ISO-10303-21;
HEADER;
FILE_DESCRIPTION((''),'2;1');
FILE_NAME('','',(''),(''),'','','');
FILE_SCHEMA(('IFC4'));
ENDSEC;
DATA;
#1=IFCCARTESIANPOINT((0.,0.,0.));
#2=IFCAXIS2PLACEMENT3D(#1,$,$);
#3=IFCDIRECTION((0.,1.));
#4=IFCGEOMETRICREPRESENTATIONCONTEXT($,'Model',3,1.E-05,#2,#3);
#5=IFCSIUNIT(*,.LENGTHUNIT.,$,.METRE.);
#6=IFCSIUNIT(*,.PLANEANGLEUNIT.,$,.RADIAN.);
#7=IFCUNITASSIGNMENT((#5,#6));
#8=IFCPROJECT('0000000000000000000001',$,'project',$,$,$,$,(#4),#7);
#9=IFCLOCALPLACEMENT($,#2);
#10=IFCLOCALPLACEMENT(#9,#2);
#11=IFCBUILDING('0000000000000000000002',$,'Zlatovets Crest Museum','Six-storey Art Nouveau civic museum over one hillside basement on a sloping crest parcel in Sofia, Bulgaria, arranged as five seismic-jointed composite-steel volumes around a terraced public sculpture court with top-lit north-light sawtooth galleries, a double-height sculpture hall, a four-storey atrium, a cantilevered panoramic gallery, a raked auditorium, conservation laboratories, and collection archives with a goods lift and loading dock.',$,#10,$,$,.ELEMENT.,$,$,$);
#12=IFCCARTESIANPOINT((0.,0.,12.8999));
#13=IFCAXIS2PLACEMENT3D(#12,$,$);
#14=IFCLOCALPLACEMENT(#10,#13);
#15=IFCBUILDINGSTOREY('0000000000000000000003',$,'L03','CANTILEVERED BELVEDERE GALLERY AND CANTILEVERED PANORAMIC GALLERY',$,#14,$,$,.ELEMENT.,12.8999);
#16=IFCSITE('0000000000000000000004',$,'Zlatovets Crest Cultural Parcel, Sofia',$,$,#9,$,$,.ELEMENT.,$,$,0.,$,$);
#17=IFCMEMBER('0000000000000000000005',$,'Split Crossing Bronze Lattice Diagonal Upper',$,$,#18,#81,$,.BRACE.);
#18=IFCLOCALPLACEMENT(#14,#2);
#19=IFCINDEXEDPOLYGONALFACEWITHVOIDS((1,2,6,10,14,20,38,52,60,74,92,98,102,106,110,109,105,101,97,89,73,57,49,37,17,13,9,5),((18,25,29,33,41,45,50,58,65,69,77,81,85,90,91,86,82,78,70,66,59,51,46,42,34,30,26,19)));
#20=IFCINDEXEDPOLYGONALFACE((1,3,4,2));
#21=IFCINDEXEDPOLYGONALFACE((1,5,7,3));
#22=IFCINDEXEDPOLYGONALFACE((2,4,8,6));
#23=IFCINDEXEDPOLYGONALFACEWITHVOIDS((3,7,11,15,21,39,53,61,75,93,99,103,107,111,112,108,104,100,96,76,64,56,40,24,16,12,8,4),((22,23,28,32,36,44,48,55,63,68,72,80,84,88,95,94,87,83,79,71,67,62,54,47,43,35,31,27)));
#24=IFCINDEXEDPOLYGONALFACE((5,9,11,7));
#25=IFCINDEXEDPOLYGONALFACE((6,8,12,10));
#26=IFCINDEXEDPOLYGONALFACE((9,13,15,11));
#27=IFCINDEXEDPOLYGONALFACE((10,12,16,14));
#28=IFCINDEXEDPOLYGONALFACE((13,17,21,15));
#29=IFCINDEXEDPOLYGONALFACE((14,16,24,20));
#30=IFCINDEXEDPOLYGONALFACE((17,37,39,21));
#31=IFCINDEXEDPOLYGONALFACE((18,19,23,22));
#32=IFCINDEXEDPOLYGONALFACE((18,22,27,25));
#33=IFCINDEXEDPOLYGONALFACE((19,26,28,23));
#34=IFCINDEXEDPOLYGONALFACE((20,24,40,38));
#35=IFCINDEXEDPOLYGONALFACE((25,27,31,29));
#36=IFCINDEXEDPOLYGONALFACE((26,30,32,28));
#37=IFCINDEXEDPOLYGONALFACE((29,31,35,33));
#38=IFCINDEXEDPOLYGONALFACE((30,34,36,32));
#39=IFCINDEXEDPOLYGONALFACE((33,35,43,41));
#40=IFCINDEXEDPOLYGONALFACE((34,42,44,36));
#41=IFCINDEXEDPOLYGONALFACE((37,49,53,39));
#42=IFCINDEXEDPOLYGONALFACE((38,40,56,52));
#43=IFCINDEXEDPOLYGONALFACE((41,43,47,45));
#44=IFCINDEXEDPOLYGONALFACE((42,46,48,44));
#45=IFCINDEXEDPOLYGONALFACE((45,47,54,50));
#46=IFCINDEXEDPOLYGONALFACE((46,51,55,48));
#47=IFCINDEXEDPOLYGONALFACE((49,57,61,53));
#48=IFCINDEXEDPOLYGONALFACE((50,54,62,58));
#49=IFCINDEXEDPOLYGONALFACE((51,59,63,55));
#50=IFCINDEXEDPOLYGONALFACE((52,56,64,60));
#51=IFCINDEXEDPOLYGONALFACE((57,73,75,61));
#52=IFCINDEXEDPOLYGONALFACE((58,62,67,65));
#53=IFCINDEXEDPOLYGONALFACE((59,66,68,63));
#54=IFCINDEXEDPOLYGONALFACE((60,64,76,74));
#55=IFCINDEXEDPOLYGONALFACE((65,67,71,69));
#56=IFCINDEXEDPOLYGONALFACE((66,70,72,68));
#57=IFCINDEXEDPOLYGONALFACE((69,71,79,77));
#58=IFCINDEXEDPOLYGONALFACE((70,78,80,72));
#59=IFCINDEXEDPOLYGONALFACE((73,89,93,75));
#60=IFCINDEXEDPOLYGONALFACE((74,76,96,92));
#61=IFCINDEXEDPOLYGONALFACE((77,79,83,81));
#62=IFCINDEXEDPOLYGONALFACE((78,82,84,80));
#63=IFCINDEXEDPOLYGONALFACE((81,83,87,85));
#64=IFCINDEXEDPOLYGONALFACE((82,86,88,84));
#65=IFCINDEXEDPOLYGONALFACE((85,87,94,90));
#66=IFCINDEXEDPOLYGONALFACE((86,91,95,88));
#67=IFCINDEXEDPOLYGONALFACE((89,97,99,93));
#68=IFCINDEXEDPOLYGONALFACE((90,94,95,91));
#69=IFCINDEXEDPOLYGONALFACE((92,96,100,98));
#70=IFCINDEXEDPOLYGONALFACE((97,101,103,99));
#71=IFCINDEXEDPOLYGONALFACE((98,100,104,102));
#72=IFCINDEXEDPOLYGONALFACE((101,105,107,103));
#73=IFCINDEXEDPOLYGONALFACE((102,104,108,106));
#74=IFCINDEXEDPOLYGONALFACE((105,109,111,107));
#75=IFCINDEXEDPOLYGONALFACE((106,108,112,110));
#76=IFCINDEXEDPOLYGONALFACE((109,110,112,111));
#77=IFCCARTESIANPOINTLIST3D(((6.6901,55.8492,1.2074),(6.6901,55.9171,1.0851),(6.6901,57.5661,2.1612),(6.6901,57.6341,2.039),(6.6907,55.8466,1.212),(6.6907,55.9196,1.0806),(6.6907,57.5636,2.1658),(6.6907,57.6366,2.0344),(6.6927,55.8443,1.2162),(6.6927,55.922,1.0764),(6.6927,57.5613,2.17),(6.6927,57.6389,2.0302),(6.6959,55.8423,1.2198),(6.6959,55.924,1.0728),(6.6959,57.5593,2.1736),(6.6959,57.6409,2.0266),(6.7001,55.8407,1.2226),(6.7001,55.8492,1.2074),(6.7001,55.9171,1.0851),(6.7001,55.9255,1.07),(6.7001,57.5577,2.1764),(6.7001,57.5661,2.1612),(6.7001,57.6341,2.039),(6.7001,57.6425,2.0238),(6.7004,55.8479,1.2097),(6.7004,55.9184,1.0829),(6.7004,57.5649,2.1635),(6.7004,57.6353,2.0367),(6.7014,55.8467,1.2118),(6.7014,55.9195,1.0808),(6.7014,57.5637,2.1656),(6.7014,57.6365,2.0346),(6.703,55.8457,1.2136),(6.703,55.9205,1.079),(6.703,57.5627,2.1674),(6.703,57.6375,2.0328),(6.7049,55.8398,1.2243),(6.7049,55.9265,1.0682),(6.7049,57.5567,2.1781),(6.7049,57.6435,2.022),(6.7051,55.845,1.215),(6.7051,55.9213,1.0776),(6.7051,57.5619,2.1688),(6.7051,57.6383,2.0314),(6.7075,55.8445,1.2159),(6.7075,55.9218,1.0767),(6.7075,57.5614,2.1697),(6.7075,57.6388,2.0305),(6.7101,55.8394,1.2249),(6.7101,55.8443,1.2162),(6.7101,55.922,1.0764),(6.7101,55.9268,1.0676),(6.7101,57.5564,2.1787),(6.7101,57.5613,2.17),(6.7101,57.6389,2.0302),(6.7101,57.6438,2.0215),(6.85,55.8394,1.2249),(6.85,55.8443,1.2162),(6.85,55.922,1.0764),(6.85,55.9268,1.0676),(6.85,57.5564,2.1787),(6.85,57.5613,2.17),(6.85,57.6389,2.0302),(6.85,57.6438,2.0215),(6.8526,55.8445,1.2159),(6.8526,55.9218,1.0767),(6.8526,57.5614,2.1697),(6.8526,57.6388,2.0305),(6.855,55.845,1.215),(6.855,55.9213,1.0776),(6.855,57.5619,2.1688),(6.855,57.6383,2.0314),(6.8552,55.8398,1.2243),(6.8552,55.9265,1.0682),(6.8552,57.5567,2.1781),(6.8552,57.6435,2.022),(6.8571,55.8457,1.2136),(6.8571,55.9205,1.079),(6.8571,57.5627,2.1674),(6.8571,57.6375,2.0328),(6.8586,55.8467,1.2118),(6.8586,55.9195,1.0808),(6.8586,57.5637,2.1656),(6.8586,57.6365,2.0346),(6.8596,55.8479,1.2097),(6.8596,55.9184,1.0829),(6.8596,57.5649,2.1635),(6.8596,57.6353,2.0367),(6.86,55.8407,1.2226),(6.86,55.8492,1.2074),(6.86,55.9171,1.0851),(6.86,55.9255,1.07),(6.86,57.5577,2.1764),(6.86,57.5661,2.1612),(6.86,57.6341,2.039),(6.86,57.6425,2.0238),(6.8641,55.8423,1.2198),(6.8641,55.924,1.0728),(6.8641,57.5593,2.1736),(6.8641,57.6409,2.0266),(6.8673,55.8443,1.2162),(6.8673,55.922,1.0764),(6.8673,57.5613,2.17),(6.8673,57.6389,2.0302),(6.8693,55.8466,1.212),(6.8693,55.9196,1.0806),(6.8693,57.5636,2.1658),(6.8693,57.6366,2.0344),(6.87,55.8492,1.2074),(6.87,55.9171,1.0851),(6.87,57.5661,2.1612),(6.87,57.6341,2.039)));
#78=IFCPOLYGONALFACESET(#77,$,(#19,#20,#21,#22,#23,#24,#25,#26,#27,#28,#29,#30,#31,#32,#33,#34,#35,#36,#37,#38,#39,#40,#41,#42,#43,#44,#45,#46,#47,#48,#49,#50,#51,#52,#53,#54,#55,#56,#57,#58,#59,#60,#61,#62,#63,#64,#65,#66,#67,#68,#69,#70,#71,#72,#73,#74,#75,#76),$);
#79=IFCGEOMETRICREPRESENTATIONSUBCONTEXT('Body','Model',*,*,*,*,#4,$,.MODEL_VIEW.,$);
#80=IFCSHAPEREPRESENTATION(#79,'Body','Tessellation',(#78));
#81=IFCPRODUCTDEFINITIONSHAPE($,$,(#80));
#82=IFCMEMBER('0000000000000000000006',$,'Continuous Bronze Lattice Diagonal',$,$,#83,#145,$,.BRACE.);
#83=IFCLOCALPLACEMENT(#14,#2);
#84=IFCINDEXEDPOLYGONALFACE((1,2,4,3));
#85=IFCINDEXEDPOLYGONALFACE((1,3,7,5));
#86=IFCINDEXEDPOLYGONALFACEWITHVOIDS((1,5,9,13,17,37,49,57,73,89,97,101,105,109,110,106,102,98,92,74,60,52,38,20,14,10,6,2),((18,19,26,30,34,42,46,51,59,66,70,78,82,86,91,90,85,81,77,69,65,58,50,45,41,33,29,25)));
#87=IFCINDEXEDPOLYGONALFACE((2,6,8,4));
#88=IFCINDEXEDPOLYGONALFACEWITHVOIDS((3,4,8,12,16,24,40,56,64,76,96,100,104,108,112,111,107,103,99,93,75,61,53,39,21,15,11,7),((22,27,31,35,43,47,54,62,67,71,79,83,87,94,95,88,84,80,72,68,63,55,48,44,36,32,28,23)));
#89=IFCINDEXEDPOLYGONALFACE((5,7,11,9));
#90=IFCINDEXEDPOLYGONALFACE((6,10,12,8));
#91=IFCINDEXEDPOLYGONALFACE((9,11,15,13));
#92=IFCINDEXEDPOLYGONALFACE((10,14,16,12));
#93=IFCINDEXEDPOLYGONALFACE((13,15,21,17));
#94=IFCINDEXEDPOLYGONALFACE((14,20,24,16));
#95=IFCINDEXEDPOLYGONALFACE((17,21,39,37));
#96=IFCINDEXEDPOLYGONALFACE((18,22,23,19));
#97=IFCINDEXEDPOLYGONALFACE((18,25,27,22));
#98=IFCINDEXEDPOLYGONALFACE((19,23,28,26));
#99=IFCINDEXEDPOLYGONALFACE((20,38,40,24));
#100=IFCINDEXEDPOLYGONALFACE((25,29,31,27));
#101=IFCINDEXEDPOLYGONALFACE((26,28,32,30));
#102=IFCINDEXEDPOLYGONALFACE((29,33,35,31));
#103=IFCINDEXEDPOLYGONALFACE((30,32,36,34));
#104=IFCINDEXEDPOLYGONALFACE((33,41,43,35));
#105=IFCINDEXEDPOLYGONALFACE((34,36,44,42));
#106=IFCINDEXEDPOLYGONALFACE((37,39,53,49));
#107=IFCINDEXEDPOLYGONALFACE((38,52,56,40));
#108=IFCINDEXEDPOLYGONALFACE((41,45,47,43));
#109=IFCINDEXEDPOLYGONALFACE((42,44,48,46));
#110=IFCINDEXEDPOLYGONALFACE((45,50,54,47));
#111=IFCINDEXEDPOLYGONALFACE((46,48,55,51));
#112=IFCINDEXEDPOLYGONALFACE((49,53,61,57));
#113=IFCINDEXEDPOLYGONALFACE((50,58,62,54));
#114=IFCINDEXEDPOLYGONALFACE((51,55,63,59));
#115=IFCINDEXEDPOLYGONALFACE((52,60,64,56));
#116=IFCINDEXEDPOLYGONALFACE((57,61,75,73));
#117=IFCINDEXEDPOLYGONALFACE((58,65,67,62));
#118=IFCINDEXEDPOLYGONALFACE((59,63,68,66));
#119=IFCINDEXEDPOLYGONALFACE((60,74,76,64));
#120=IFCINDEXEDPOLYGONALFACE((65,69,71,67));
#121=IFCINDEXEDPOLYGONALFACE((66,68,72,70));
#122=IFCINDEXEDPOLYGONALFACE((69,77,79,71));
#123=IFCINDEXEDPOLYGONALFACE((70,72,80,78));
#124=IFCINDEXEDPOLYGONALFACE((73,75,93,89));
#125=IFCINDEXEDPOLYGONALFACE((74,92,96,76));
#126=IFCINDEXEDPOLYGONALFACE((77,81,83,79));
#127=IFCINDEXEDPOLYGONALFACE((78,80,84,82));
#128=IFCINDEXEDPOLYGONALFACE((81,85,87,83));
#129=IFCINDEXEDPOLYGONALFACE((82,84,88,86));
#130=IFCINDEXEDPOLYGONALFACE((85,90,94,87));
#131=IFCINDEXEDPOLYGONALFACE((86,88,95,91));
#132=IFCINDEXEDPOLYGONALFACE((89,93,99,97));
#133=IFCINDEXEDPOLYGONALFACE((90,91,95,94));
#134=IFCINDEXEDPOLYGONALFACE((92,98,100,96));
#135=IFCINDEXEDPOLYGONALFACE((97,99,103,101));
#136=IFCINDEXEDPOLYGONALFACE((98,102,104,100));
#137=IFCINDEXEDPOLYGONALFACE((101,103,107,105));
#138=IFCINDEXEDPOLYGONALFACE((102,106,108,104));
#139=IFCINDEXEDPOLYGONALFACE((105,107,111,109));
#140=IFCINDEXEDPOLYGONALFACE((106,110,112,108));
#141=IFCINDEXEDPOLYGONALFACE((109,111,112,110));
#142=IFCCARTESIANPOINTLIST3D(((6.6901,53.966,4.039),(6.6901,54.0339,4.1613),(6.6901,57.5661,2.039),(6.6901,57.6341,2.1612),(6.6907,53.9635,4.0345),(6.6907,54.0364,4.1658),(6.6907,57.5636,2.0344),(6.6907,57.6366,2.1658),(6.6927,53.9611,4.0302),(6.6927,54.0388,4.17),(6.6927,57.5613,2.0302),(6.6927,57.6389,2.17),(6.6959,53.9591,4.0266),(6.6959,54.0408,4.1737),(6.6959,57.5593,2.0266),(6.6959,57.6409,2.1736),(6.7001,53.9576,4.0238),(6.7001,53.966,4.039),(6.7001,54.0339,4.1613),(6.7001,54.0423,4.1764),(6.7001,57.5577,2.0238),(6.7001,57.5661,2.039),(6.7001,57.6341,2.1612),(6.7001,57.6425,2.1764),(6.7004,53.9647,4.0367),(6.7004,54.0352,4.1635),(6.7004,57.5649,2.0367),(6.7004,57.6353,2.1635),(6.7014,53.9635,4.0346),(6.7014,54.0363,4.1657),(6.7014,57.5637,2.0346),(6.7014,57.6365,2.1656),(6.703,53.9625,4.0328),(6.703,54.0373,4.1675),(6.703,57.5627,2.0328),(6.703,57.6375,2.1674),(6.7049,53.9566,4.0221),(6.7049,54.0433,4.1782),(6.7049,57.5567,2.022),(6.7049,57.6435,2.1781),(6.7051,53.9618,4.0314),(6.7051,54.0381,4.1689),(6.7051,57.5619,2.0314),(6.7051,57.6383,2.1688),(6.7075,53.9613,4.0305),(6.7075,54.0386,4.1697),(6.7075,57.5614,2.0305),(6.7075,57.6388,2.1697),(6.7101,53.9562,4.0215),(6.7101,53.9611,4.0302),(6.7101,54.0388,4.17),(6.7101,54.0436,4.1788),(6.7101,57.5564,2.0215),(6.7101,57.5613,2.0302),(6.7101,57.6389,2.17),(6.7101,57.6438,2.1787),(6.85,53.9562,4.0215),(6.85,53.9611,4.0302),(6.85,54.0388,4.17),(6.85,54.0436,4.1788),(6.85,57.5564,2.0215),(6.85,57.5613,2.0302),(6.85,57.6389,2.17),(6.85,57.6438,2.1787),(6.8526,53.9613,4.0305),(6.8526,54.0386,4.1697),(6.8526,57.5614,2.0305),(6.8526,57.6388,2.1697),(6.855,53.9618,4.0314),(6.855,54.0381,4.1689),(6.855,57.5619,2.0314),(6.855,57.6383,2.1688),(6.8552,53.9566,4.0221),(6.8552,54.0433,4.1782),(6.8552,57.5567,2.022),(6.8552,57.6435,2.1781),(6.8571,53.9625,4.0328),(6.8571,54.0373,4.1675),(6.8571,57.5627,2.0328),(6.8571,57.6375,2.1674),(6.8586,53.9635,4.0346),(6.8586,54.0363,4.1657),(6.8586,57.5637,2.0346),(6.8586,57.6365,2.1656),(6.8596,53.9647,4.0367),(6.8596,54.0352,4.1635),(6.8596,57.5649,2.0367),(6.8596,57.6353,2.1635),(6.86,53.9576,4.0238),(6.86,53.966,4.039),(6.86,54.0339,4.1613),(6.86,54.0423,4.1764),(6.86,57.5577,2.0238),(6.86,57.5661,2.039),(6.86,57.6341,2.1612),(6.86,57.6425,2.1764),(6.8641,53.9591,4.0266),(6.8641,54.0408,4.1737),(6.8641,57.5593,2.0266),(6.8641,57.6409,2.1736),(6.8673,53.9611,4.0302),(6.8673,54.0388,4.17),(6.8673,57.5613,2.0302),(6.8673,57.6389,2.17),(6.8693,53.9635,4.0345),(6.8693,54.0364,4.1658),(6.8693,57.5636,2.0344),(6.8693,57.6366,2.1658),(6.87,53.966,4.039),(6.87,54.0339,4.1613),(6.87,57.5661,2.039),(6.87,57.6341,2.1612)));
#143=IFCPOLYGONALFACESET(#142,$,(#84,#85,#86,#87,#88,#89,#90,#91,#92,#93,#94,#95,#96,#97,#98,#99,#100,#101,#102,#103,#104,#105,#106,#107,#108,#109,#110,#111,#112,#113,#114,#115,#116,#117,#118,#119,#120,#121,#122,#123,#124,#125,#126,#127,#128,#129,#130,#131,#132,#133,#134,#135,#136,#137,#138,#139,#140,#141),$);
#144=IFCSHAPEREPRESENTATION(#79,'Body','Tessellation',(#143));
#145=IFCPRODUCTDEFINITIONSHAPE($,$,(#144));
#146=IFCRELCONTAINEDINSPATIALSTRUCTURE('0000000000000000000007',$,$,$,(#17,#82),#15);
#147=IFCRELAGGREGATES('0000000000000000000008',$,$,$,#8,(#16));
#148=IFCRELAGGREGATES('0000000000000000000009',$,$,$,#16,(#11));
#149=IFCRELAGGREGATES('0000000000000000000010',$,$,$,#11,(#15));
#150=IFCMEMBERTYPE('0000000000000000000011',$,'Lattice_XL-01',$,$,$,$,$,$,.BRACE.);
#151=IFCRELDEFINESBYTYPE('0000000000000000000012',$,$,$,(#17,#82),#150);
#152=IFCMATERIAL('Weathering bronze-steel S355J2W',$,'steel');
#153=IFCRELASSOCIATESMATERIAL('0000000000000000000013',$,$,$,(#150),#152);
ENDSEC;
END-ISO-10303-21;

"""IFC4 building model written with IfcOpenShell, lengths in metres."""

from ifc_helpers import new_model, si_unit, direction, frame, origin, origin_2d, place, context, subcontext, project, spatial, hollow_rectangle, extrude, material, material_profile, profile_set, type_object, element, save


model = new_model("IFC4")

# Units and contexts
model_context = context("Model", 3, precision=1e-05, world=origin(), true_north=direction((0.0, 1.0)))
body_context = subcontext(model_context, "Body", "Model", "MODEL_VIEW")
ifc_project = project(units=[si_unit("LENGTHUNIT", "METRE"), si_unit("PLANEANGLEUNIT", "RADIAN")], contexts=[model_context])

# Site, building, storey
site_placement = place(None, origin())
site = spatial("IfcSite", under=ifc_project, at=site_placement, Name="Zlatovets Crest Cultural Parcel, Sofia", CompositionType="ELEMENT", RefElevation=0.0)
building_placement = place(site_placement, origin())
building = spatial("IfcBuilding", under=site, at=building_placement, Name="Zlatovets Crest Museum", Description="Six-storey Art Nouveau civic museum over one hillside basement on a sloping crest parcel in Sofia, Bulgaria, arranged as five seismic-jointed composite-steel volumes around a terraced public sculpture court with top-lit north-light sawtooth galleries, a double-height sculpture hall, a four-storey atrium, a cantilevered panoramic gallery, a raked auditorium, conservation laboratories, and collection archives with a goods lift and loading dock.", CompositionType="ELEMENT")
storey_placement = place(building_placement, frame((0.0, 0.0, 12.8999)))
storey = spatial("IfcBuildingStorey", under=building, at=storey_placement, Name="L03", Description="CANTILEVERED BELVEDERE GALLERY AND CANTILEVERED PANORAMIC GALLERY", CompositionType="ELEMENT", Elevation=12.8999)

# Members
ifc_material_1 = material(Name="Weathering bronze-steel S355J2W", Category="steel")
ifc_material_profile_1 = material_profile(ifc_material_1, hollow_rectangle(XDim=0.1799, YDim=0.1799, WallThickness=0.01, InnerFilletRadius=0.01, OuterFilletRadius=0.02, at=origin_2d()), Name="SHS 180x180x10.0")
ifc_profile_set_1 = profile_set([ifc_material_profile_1], Name="Weathering bronze-steel S355J2W")
member_type_1 = type_object("IfcMemberType", Name="Lattice_XL-01", PredefinedType="BRACE", material=ifc_profile_set_1)
member_1_placement = place(storey_placement, frame((6.78, 57.6001, 2.1001), z_axis=(0.0, -0.874169, -0.485622), x_axis=(1.0, 0.0, 0.0)))
element("IfcMember", 1, at=member_1_placement, inside=storey, type_object=member_type_1, Name="Split Crossing Bronze Lattice Diagonal Upper", PredefinedType="BRACE", context=body_context, shape_type="SweptSolid", body=[
    extrude(hollow_rectangle(XDim=0.1799, YDim=0.1799, WallThickness=0.01, InnerFilletRadius=0.01, OuterFilletRadius=0.02, at=origin_2d()), origin(), (0.0, 0.0, 1.0), 1.9641),
])
member_2_placement = place(storey_placement, frame((6.78, 57.6001, 2.1001), z_axis=(0.0, -0.874163, 0.485633), x_axis=(1.0, 0.0, 0.0)))
element("IfcMember", 2, at=member_2_placement, inside=storey, type_object=member_type_1, Name="Continuous Bronze Lattice Diagonal", PredefinedType="BRACE", context=body_context, shape_type="SweptSolid", body=[
    extrude(hollow_rectangle(XDim=0.1799, YDim=0.1799, WallThickness=0.01, InnerFilletRadius=0.01, OuterFilletRadius=0.02, at=origin_2d()), origin(), (0.0, 0.0, 1.0), 4.1184),
])

save(model, "model.ifc")
